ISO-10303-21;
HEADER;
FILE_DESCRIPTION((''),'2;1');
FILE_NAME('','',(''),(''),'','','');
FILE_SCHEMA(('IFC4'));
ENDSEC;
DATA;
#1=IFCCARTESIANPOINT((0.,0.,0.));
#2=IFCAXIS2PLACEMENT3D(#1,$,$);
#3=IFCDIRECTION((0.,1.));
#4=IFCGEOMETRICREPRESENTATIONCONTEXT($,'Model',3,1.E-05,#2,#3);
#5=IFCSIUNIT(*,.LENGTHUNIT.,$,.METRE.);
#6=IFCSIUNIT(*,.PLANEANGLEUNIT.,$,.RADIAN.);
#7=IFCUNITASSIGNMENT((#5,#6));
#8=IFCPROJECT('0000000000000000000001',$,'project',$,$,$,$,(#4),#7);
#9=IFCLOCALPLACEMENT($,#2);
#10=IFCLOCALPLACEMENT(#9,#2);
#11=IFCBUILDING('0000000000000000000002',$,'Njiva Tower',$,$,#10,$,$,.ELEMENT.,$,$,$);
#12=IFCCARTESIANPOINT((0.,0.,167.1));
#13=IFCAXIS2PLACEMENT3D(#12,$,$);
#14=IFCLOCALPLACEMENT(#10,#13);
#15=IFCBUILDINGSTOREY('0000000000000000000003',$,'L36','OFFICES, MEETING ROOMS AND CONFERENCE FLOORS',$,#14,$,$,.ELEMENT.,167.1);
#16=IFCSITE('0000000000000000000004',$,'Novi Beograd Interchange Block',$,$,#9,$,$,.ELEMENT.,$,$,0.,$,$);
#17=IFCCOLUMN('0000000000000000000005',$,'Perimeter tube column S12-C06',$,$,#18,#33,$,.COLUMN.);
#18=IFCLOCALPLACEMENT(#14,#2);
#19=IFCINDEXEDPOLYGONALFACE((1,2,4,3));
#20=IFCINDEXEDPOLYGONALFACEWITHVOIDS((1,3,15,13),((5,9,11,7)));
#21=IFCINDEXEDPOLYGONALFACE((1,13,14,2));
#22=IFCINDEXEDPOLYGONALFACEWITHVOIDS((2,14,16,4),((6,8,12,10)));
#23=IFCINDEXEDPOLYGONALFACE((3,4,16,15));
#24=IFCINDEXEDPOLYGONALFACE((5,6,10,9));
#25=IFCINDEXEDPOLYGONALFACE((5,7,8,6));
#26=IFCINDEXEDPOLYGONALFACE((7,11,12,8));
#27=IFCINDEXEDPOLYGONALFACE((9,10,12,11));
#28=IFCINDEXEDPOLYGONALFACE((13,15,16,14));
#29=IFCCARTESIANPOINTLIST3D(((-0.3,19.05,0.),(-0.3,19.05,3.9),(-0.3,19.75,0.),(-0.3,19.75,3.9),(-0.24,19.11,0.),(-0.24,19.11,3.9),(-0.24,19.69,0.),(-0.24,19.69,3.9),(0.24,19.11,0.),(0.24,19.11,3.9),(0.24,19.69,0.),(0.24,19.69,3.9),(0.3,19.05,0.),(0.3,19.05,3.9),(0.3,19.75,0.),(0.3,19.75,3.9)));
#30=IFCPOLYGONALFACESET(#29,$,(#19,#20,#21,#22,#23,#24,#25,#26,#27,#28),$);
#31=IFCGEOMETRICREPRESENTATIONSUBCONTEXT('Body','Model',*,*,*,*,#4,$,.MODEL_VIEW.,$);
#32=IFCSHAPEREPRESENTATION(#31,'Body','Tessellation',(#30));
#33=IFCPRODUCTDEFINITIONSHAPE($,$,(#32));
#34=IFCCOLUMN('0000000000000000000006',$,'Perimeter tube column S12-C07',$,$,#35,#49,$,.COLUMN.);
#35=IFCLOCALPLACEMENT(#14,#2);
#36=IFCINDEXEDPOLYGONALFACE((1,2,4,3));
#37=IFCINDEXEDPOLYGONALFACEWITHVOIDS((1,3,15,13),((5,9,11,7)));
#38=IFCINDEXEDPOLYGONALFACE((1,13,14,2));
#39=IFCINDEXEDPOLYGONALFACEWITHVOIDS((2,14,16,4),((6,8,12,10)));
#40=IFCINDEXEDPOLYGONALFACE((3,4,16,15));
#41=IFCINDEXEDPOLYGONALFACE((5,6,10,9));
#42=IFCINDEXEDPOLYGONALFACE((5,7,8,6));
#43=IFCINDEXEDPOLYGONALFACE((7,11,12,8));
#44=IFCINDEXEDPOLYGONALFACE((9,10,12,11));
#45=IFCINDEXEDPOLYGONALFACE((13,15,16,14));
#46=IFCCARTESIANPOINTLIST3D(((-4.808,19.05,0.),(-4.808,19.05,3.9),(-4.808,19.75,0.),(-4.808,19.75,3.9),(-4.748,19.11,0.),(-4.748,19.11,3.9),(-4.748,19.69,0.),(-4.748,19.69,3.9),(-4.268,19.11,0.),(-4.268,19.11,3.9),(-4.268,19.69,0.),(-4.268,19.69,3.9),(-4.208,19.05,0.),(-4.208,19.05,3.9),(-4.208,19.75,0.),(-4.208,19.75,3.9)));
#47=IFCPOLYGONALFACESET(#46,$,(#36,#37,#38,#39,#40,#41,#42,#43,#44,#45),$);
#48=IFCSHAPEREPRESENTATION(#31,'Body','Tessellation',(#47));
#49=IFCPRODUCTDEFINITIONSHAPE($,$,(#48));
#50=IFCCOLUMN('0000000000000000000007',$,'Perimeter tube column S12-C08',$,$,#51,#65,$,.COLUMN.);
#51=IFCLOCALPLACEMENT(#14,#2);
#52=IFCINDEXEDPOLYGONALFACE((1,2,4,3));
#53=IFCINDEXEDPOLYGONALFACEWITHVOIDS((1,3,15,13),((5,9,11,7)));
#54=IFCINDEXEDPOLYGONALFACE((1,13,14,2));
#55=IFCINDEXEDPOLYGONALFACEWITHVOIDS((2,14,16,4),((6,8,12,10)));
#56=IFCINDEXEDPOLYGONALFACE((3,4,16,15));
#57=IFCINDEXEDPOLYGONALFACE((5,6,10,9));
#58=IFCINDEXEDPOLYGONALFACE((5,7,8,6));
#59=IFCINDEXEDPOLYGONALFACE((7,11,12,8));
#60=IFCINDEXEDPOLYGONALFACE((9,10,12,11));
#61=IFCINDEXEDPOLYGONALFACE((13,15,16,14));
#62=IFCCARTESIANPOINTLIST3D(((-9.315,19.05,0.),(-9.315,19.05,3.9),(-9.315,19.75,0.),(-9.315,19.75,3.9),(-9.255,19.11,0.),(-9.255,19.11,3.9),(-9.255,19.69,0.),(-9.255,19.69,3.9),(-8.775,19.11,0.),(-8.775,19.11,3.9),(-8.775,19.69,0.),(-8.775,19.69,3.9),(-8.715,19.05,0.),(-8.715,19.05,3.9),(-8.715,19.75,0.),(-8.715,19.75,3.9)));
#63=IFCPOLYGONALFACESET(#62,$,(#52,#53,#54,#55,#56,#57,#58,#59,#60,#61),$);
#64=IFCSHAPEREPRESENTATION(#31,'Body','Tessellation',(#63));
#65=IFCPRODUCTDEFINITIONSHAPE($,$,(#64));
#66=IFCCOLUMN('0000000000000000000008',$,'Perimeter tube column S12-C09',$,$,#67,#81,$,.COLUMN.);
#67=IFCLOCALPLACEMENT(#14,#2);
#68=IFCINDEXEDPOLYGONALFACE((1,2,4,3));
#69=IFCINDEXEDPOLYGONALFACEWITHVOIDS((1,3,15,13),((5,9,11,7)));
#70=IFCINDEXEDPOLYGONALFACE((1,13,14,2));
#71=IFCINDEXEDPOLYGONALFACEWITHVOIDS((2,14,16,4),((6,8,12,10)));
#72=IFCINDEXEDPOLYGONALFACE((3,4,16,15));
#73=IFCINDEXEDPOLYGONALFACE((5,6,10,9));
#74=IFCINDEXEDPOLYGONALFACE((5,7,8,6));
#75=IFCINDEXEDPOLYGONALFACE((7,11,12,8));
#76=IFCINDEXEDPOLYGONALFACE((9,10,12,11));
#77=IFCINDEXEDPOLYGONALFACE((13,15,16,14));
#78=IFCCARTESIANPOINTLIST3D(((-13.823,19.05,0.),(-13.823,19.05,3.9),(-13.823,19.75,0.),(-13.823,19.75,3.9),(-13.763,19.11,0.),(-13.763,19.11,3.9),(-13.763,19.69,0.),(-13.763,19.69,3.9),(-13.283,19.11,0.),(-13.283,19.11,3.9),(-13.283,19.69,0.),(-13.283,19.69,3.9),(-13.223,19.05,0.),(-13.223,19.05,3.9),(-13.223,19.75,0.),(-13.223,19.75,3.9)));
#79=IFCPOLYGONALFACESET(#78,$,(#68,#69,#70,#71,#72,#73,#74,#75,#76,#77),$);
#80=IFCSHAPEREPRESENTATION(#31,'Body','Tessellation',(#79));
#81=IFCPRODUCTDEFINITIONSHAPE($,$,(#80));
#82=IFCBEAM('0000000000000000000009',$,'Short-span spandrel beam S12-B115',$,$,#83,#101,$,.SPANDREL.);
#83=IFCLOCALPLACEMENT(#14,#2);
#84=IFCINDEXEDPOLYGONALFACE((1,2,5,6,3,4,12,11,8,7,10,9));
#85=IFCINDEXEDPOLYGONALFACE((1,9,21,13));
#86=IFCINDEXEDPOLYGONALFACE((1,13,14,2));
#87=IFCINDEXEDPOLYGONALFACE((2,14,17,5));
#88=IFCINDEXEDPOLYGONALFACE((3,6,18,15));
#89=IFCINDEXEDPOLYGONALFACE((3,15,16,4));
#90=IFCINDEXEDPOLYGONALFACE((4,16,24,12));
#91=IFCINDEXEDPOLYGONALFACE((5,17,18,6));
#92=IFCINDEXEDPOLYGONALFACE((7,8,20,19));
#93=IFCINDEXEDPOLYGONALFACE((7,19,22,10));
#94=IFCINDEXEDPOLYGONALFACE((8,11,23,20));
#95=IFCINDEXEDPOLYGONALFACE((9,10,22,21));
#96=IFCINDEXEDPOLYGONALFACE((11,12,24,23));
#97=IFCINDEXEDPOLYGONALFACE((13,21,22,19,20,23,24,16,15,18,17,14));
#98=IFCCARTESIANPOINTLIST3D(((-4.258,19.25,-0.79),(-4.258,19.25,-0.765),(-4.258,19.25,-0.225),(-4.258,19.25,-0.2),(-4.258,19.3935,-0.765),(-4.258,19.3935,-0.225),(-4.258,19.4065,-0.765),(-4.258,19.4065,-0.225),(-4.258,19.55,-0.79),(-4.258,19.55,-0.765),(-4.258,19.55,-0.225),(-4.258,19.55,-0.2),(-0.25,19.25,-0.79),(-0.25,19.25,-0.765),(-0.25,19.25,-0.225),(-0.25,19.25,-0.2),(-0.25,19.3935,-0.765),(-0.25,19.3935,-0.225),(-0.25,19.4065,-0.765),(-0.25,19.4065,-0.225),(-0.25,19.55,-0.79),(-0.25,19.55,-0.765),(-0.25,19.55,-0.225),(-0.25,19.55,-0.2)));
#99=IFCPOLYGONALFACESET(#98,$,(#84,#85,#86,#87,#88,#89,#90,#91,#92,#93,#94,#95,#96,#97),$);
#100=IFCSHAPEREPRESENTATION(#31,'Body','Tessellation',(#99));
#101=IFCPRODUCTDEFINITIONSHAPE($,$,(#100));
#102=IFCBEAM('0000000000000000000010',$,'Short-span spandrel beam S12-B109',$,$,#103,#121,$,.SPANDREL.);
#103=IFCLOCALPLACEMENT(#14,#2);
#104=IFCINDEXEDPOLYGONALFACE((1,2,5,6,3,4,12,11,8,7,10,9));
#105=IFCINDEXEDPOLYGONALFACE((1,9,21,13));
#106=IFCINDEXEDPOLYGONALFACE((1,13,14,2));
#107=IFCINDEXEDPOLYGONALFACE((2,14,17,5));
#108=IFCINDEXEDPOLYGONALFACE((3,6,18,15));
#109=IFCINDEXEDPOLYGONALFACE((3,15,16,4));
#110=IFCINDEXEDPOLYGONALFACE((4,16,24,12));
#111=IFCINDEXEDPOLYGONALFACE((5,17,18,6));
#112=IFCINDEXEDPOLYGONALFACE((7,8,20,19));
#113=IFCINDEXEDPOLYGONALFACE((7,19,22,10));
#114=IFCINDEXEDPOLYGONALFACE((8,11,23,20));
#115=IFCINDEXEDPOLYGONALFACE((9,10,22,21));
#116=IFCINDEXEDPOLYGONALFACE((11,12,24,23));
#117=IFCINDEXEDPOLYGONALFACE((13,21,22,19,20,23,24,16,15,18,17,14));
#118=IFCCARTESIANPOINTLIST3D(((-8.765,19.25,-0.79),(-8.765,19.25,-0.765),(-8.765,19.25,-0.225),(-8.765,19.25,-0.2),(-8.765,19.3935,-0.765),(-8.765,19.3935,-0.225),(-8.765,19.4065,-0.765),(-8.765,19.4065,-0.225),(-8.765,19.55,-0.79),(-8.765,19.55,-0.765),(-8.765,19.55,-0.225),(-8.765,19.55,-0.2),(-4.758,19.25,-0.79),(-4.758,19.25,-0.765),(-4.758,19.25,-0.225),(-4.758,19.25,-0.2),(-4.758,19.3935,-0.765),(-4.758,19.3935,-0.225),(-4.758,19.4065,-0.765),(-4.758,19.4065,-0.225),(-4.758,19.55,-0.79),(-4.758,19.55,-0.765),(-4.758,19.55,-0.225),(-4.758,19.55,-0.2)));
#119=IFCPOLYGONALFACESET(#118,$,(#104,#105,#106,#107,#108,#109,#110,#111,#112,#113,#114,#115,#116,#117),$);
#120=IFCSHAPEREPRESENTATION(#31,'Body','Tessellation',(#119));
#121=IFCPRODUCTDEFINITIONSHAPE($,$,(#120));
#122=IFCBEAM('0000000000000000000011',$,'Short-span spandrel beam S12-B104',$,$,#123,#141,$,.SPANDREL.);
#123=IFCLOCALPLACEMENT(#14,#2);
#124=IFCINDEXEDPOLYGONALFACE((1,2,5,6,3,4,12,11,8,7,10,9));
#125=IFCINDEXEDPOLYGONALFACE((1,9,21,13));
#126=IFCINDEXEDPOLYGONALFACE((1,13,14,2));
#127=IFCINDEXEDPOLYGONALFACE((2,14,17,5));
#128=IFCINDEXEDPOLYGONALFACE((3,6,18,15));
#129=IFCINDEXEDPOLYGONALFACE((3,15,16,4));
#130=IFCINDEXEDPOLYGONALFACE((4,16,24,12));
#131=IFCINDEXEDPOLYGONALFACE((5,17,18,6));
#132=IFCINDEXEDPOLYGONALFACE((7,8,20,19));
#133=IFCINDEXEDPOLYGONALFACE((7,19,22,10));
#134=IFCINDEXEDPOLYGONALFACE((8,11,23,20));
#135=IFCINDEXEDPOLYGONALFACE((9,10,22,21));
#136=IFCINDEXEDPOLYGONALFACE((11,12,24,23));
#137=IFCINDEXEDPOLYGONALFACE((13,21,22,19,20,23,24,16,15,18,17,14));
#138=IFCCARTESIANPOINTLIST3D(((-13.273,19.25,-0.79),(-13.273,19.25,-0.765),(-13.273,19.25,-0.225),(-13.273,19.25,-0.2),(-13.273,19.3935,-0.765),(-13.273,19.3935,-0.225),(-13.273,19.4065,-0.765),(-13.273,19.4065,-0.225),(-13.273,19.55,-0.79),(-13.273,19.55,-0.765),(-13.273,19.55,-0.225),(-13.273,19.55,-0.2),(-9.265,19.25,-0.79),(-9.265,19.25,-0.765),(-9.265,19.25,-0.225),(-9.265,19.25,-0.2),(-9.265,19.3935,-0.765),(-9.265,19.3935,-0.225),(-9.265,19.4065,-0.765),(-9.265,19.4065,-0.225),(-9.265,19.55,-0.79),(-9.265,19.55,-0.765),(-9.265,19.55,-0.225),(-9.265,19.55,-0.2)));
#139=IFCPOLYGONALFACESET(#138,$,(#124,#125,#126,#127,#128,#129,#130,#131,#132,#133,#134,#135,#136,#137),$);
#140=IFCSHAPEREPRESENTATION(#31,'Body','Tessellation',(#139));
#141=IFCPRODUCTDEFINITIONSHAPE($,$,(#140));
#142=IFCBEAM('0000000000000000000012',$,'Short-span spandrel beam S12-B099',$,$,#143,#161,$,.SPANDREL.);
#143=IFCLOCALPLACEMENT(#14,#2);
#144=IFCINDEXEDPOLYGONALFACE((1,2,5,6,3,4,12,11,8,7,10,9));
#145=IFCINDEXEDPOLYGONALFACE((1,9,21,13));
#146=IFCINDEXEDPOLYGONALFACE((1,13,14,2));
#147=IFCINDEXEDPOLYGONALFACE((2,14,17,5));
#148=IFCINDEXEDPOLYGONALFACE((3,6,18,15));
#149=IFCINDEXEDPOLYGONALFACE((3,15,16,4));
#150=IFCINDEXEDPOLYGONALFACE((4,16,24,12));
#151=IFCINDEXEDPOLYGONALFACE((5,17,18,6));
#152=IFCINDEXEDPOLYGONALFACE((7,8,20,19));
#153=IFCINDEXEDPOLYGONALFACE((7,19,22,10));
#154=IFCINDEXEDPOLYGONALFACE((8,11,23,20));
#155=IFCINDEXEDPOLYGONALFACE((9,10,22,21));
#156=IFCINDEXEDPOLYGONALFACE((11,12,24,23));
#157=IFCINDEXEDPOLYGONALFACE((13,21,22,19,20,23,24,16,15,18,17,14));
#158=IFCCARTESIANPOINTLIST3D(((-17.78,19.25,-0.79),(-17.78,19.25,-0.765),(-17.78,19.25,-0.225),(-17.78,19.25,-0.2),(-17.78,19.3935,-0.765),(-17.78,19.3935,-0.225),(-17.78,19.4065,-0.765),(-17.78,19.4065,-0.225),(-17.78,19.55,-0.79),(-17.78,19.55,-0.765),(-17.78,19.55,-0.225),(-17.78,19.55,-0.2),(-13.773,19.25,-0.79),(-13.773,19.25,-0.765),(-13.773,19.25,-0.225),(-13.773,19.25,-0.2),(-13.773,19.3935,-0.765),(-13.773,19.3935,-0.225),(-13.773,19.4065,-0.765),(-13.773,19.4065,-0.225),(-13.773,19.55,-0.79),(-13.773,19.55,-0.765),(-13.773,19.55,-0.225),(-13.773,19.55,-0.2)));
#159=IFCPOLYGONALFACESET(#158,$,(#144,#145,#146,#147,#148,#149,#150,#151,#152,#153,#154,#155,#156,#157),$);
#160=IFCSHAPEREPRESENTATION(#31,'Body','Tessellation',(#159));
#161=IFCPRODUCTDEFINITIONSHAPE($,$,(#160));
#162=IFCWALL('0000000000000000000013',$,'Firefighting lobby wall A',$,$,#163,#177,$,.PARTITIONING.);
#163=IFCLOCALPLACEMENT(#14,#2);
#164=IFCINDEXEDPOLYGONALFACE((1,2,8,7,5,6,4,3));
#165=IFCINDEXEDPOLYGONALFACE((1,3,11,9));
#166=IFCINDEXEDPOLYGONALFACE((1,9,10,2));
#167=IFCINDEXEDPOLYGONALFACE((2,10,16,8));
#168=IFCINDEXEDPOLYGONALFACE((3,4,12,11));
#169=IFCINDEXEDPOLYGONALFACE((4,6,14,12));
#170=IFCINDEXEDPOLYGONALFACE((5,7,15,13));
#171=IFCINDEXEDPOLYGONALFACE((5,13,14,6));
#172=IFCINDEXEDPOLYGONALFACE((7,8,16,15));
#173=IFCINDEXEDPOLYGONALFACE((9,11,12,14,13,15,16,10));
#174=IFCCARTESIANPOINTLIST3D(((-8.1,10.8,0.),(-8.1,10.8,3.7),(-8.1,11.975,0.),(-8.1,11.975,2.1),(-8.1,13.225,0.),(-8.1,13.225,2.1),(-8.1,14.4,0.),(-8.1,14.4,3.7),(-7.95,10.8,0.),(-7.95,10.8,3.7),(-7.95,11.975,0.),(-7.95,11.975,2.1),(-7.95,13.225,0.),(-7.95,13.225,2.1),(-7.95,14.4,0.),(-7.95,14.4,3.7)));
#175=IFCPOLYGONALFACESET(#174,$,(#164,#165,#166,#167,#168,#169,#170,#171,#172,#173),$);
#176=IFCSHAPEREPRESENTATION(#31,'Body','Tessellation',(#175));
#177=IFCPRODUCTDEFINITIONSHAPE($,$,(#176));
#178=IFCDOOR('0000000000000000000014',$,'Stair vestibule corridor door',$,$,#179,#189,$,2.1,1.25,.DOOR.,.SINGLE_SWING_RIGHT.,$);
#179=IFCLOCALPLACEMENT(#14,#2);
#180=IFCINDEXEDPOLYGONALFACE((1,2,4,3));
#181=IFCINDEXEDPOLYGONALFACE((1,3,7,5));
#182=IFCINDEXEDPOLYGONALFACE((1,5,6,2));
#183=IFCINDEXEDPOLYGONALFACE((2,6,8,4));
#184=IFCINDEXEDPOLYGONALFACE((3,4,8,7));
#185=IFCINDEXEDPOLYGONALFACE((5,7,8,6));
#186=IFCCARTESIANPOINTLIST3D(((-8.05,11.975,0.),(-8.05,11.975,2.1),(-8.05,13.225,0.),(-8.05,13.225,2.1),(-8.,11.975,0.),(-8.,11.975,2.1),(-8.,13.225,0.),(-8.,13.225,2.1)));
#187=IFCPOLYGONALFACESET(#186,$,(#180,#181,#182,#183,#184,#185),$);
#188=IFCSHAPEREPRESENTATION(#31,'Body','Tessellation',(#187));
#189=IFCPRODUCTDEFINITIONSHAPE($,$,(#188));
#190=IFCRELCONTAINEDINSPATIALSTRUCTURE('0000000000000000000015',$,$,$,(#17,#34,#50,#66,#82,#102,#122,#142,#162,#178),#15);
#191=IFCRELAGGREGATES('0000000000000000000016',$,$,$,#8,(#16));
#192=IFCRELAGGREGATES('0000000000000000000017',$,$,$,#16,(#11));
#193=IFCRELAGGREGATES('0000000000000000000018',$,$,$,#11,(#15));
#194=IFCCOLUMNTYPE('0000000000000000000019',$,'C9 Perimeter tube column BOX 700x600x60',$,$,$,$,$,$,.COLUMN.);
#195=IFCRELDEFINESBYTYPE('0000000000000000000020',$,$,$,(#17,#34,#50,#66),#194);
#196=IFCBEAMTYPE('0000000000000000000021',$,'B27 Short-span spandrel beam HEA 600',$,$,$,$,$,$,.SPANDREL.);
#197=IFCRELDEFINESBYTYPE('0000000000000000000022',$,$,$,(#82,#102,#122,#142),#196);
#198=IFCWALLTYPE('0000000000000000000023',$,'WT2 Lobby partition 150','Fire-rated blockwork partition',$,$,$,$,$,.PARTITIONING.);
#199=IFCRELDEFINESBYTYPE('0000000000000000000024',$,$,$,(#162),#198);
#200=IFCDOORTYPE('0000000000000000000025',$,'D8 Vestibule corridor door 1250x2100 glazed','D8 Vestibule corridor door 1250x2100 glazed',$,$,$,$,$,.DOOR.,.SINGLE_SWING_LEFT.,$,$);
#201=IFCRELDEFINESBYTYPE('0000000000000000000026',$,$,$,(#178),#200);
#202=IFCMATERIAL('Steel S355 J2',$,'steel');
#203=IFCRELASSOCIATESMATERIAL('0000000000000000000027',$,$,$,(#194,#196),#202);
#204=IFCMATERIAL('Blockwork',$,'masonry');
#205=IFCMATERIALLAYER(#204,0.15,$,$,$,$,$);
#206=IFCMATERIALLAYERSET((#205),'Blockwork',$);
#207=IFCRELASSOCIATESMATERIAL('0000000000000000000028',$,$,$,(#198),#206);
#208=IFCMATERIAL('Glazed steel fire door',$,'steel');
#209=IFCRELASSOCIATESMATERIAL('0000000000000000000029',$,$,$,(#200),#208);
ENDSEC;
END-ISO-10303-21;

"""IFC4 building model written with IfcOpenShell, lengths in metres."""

from ifc_helpers import new_model, si_unit, direction, frame, frame_2d, origin, origin_2d, place, context, subcontext, project, spatial, rectangle, hollow_rectangle, i_section, extrude, material, layer, layer_set, material_profile, profile_set, type_object, element, fill, save


model = new_model("IFC4")

# Units and contexts
model_context = context("Model", 3, precision=1e-05, world=origin(), true_north=direction((0.0, 1.0)))
body_context = subcontext(model_context, "Body", "Model", "MODEL_VIEW")
ifc_project = project(units=[si_unit("LENGTHUNIT", "METRE"), si_unit("PLANEANGLEUNIT", "RADIAN")], contexts=[model_context])

# Site, building, storey
site_placement = place(None, origin())
site = spatial("IfcSite", under=ifc_project, at=site_placement, Name="Novi Beograd Interchange Block", CompositionType="ELEMENT", RefElevation=0.0)
building_placement = place(site_placement, origin())
building = spatial("IfcBuilding", under=site, at=building_placement, Name="Njiva Tower", CompositionType="ELEMENT")
storey_placement = place(building_placement, frame((0.0, 0.0, 167.1)))
storey = spatial("IfcBuildingStorey", under=building, at=storey_placement, Name="L36", Description="OFFICES, MEETING ROOMS AND CONFERENCE FLOORS", CompositionType="ELEMENT", Elevation=167.1)

# Columns
ifc_material_1 = material(Name="Steel S355 J2", Category="steel")
ifc_material_profile_1 = material_profile(ifc_material_1, hollow_rectangle(XDim=0.6, YDim=0.7, WallThickness=0.06, at=origin_2d()), Name="BOX 700x600x60")
ifc_profile_set_1 = profile_set([ifc_material_profile_1], Name="Steel S355 J2")
column_type = type_object("IfcColumnType", Name="C9 Perimeter tube column BOX 700x600x60", PredefinedType="COLUMN", material=ifc_profile_set_1)
for number, where, z_axis, x_axis, name in (
    (1, (0.0, 19.4, 0.0), (0.0, 0.0, 1.0), (-1.0, 0.0, 0.0), "Perimeter tube column S12-C06"),
    (2, (-4.508, 19.4, 0.0), (0.0, 0.0, 1.0), (-1.0, 0.0, 0.0), "Perimeter tube column S12-C07"),
    (3, (-9.015, 19.4, 0.0), (0.0, 0.0, 1.0), (-1.0, 0.0, 0.0), "Perimeter tube column S12-C08"),
    (4, (-13.523, 19.4, 0.0), (0.0, 0.0, 1.0), (-1.0, 0.0, 0.0), "Perimeter tube column S12-C09"),
):
    element("IfcColumn", number, at=place(storey_placement, frame(where, z_axis=z_axis, x_axis=x_axis)), inside=storey, type_object=column_type, Name=name, PredefinedType="COLUMN", context=body_context, shape_type="SweptSolid", body=[
        extrude(hollow_rectangle(XDim=0.6, YDim=0.7, WallThickness=0.06, at=origin_2d()), origin(), (0.0, 0.0, 1.0), 3.9),
    ])

# Beams
ifc_material_profile_2 = material_profile(ifc_material_1, i_section(OverallWidth=0.3, OverallDepth=0.59, WebThickness=0.013, FlangeThickness=0.025, at=origin_2d()), Name="HEA 600")
ifc_profile_set_2 = profile_set([ifc_material_profile_2], Name="Steel S355 J2")
beam_type = type_object("IfcBeamType", Name="B27 Short-span spandrel beam HEA 600", PredefinedType="SPANDREL", material=ifc_profile_set_2)
beam_1_placement = place(storey_placement, frame((-0.25, 19.4, -0.495), z_axis=(-1.0, 0.0, 0.0), x_axis=(0.0, -1.0, 0.0)))
element("IfcBeam", 5, at=beam_1_placement, inside=storey, type_object=beam_type, Name="Short-span spandrel beam S12-B115", PredefinedType="SPANDREL", context=body_context, shape_type="SweptSolid", body=[
    extrude(i_section(OverallWidth=0.3, OverallDepth=0.59, WebThickness=0.013, FlangeThickness=0.025, at=origin_2d()), origin(), (0.0, 0.0, 1.0), 4.008),
])
beam_2_placement = place(storey_placement, frame((-4.758, 19.4, -0.495), z_axis=(-1.0, 0.0, 0.0), x_axis=(0.0, -1.0, 0.0)))
element("IfcBeam", 6, at=beam_2_placement, inside=storey, type_object=beam_type, Name="Short-span spandrel beam S12-B109", PredefinedType="SPANDREL", context=body_context, shape_type="SweptSolid", body=[
    extrude(i_section(OverallWidth=0.3, OverallDepth=0.59, WebThickness=0.013, FlangeThickness=0.025, at=origin_2d()), origin(), (0.0, 0.0, 1.0), 4.007),
])
beam_3_placement = place(storey_placement, frame((-9.265, 19.4, -0.495), z_axis=(-1.0, 0.0, 0.0), x_axis=(0.0, -1.0, 0.0)))
element("IfcBeam", 7, at=beam_3_placement, inside=storey, type_object=beam_type, Name="Short-span spandrel beam S12-B104", PredefinedType="SPANDREL", context=body_context, shape_type="SweptSolid", body=[
    extrude(i_section(OverallWidth=0.3, OverallDepth=0.59, WebThickness=0.013, FlangeThickness=0.025, at=origin_2d()), origin(), (0.0, 0.0, 1.0), 4.008),
])
beam_4_placement = place(storey_placement, frame((-13.773, 19.4, -0.495), z_axis=(-1.0, 0.0, 0.0), x_axis=(0.0, -1.0, 0.0)))
element("IfcBeam", 8, at=beam_4_placement, inside=storey, type_object=beam_type, Name="Short-span spandrel beam S12-B099", PredefinedType="SPANDREL", context=body_context, shape_type="SweptSolid", body=[
    extrude(i_section(OverallWidth=0.3, OverallDepth=0.59, WebThickness=0.013, FlangeThickness=0.025, at=origin_2d()), origin(), (0.0, 0.0, 1.0), 4.007),
])

# Wall, opening, door
ifc_material_2 = material(Name="Blockwork", Category="masonry")
ifc_layer_1 = layer(ifc_material_2, 0.15)
ifc_layer_set_1 = layer_set([ifc_layer_1], Name="Blockwork")
wall_type_1 = type_object("IfcWallType", Name="WT2 Lobby partition 150", Description="Fire-rated blockwork partition", PredefinedType="PARTITIONING", material=ifc_layer_set_1)
wall_1_placement = place(storey_placement, frame((-8.025, 10.8, 0.0), z_axis=(0.0, 0.0, 1.0), x_axis=(0.0, 1.0, 0.0)))
wall_1 = element("IfcWall", 9, at=wall_1_placement, inside=storey, type_object=wall_type_1, Name="Firefighting lobby wall A", PredefinedType="PARTITIONING", context=body_context, shape_type="SweptSolid", body=[
    extrude(rectangle(XDim=3.6, YDim=0.15, at=frame_2d((1.8, 0.0))), origin(), (0.0, 0.0, 1.0), 3.7),
])
opening_1_placement = place(wall_1_placement, frame((1.175, 0.0, 0.0)))
opening_1 = element("IfcOpeningElement", 10, at=opening_1_placement, cuts=wall_1, PredefinedType="OPENING", context=body_context, shape_type="SweptSolid", body=[
    extrude(rectangle(XDim=1.25, YDim=2.1, at=frame_2d((0.625, 1.05))), frame((0.0, 0.085, 0.0), z_axis=(0.0, -1.0, 0.0), x_axis=(1.0, 0.0, 0.0)), (0.0, 0.0, 1.0), 0.17),
])
ifc_material_3 = material(Name="Glazed steel fire door", Category="steel")
door_type_1 = type_object("IfcDoorType", Name="D8 Vestibule corridor door 1250x2100 glazed", Description="D8 Vestibule corridor door 1250x2100 glazed", OperationType="SINGLE_SWING_LEFT", PredefinedType="DOOR", material=ifc_material_3)
door_1_placement = place(opening_1_placement, origin())
door_1 = element("IfcDoor", 11, at=door_1_placement, inside=storey, type_object=door_type_1, Name="Stair vestibule corridor door", OperationType="SINGLE_SWING_RIGHT", OverallHeight=2.1, OverallWidth=1.25, PredefinedType="DOOR", context=body_context, shape_type="SweptSolid", body=[
    extrude(rectangle(XDim=1.25, YDim=2.1, at=frame_2d((0.625, 1.05))), frame((0.0, 0.025, 0.0), z_axis=(0.0, -1.0, 0.0), x_axis=(1.0, 0.0, 0.0)), (0.0, 0.0, 1.0), 0.05),
])
fill(opening_1, door_1)

save(model, "model.ifc")
